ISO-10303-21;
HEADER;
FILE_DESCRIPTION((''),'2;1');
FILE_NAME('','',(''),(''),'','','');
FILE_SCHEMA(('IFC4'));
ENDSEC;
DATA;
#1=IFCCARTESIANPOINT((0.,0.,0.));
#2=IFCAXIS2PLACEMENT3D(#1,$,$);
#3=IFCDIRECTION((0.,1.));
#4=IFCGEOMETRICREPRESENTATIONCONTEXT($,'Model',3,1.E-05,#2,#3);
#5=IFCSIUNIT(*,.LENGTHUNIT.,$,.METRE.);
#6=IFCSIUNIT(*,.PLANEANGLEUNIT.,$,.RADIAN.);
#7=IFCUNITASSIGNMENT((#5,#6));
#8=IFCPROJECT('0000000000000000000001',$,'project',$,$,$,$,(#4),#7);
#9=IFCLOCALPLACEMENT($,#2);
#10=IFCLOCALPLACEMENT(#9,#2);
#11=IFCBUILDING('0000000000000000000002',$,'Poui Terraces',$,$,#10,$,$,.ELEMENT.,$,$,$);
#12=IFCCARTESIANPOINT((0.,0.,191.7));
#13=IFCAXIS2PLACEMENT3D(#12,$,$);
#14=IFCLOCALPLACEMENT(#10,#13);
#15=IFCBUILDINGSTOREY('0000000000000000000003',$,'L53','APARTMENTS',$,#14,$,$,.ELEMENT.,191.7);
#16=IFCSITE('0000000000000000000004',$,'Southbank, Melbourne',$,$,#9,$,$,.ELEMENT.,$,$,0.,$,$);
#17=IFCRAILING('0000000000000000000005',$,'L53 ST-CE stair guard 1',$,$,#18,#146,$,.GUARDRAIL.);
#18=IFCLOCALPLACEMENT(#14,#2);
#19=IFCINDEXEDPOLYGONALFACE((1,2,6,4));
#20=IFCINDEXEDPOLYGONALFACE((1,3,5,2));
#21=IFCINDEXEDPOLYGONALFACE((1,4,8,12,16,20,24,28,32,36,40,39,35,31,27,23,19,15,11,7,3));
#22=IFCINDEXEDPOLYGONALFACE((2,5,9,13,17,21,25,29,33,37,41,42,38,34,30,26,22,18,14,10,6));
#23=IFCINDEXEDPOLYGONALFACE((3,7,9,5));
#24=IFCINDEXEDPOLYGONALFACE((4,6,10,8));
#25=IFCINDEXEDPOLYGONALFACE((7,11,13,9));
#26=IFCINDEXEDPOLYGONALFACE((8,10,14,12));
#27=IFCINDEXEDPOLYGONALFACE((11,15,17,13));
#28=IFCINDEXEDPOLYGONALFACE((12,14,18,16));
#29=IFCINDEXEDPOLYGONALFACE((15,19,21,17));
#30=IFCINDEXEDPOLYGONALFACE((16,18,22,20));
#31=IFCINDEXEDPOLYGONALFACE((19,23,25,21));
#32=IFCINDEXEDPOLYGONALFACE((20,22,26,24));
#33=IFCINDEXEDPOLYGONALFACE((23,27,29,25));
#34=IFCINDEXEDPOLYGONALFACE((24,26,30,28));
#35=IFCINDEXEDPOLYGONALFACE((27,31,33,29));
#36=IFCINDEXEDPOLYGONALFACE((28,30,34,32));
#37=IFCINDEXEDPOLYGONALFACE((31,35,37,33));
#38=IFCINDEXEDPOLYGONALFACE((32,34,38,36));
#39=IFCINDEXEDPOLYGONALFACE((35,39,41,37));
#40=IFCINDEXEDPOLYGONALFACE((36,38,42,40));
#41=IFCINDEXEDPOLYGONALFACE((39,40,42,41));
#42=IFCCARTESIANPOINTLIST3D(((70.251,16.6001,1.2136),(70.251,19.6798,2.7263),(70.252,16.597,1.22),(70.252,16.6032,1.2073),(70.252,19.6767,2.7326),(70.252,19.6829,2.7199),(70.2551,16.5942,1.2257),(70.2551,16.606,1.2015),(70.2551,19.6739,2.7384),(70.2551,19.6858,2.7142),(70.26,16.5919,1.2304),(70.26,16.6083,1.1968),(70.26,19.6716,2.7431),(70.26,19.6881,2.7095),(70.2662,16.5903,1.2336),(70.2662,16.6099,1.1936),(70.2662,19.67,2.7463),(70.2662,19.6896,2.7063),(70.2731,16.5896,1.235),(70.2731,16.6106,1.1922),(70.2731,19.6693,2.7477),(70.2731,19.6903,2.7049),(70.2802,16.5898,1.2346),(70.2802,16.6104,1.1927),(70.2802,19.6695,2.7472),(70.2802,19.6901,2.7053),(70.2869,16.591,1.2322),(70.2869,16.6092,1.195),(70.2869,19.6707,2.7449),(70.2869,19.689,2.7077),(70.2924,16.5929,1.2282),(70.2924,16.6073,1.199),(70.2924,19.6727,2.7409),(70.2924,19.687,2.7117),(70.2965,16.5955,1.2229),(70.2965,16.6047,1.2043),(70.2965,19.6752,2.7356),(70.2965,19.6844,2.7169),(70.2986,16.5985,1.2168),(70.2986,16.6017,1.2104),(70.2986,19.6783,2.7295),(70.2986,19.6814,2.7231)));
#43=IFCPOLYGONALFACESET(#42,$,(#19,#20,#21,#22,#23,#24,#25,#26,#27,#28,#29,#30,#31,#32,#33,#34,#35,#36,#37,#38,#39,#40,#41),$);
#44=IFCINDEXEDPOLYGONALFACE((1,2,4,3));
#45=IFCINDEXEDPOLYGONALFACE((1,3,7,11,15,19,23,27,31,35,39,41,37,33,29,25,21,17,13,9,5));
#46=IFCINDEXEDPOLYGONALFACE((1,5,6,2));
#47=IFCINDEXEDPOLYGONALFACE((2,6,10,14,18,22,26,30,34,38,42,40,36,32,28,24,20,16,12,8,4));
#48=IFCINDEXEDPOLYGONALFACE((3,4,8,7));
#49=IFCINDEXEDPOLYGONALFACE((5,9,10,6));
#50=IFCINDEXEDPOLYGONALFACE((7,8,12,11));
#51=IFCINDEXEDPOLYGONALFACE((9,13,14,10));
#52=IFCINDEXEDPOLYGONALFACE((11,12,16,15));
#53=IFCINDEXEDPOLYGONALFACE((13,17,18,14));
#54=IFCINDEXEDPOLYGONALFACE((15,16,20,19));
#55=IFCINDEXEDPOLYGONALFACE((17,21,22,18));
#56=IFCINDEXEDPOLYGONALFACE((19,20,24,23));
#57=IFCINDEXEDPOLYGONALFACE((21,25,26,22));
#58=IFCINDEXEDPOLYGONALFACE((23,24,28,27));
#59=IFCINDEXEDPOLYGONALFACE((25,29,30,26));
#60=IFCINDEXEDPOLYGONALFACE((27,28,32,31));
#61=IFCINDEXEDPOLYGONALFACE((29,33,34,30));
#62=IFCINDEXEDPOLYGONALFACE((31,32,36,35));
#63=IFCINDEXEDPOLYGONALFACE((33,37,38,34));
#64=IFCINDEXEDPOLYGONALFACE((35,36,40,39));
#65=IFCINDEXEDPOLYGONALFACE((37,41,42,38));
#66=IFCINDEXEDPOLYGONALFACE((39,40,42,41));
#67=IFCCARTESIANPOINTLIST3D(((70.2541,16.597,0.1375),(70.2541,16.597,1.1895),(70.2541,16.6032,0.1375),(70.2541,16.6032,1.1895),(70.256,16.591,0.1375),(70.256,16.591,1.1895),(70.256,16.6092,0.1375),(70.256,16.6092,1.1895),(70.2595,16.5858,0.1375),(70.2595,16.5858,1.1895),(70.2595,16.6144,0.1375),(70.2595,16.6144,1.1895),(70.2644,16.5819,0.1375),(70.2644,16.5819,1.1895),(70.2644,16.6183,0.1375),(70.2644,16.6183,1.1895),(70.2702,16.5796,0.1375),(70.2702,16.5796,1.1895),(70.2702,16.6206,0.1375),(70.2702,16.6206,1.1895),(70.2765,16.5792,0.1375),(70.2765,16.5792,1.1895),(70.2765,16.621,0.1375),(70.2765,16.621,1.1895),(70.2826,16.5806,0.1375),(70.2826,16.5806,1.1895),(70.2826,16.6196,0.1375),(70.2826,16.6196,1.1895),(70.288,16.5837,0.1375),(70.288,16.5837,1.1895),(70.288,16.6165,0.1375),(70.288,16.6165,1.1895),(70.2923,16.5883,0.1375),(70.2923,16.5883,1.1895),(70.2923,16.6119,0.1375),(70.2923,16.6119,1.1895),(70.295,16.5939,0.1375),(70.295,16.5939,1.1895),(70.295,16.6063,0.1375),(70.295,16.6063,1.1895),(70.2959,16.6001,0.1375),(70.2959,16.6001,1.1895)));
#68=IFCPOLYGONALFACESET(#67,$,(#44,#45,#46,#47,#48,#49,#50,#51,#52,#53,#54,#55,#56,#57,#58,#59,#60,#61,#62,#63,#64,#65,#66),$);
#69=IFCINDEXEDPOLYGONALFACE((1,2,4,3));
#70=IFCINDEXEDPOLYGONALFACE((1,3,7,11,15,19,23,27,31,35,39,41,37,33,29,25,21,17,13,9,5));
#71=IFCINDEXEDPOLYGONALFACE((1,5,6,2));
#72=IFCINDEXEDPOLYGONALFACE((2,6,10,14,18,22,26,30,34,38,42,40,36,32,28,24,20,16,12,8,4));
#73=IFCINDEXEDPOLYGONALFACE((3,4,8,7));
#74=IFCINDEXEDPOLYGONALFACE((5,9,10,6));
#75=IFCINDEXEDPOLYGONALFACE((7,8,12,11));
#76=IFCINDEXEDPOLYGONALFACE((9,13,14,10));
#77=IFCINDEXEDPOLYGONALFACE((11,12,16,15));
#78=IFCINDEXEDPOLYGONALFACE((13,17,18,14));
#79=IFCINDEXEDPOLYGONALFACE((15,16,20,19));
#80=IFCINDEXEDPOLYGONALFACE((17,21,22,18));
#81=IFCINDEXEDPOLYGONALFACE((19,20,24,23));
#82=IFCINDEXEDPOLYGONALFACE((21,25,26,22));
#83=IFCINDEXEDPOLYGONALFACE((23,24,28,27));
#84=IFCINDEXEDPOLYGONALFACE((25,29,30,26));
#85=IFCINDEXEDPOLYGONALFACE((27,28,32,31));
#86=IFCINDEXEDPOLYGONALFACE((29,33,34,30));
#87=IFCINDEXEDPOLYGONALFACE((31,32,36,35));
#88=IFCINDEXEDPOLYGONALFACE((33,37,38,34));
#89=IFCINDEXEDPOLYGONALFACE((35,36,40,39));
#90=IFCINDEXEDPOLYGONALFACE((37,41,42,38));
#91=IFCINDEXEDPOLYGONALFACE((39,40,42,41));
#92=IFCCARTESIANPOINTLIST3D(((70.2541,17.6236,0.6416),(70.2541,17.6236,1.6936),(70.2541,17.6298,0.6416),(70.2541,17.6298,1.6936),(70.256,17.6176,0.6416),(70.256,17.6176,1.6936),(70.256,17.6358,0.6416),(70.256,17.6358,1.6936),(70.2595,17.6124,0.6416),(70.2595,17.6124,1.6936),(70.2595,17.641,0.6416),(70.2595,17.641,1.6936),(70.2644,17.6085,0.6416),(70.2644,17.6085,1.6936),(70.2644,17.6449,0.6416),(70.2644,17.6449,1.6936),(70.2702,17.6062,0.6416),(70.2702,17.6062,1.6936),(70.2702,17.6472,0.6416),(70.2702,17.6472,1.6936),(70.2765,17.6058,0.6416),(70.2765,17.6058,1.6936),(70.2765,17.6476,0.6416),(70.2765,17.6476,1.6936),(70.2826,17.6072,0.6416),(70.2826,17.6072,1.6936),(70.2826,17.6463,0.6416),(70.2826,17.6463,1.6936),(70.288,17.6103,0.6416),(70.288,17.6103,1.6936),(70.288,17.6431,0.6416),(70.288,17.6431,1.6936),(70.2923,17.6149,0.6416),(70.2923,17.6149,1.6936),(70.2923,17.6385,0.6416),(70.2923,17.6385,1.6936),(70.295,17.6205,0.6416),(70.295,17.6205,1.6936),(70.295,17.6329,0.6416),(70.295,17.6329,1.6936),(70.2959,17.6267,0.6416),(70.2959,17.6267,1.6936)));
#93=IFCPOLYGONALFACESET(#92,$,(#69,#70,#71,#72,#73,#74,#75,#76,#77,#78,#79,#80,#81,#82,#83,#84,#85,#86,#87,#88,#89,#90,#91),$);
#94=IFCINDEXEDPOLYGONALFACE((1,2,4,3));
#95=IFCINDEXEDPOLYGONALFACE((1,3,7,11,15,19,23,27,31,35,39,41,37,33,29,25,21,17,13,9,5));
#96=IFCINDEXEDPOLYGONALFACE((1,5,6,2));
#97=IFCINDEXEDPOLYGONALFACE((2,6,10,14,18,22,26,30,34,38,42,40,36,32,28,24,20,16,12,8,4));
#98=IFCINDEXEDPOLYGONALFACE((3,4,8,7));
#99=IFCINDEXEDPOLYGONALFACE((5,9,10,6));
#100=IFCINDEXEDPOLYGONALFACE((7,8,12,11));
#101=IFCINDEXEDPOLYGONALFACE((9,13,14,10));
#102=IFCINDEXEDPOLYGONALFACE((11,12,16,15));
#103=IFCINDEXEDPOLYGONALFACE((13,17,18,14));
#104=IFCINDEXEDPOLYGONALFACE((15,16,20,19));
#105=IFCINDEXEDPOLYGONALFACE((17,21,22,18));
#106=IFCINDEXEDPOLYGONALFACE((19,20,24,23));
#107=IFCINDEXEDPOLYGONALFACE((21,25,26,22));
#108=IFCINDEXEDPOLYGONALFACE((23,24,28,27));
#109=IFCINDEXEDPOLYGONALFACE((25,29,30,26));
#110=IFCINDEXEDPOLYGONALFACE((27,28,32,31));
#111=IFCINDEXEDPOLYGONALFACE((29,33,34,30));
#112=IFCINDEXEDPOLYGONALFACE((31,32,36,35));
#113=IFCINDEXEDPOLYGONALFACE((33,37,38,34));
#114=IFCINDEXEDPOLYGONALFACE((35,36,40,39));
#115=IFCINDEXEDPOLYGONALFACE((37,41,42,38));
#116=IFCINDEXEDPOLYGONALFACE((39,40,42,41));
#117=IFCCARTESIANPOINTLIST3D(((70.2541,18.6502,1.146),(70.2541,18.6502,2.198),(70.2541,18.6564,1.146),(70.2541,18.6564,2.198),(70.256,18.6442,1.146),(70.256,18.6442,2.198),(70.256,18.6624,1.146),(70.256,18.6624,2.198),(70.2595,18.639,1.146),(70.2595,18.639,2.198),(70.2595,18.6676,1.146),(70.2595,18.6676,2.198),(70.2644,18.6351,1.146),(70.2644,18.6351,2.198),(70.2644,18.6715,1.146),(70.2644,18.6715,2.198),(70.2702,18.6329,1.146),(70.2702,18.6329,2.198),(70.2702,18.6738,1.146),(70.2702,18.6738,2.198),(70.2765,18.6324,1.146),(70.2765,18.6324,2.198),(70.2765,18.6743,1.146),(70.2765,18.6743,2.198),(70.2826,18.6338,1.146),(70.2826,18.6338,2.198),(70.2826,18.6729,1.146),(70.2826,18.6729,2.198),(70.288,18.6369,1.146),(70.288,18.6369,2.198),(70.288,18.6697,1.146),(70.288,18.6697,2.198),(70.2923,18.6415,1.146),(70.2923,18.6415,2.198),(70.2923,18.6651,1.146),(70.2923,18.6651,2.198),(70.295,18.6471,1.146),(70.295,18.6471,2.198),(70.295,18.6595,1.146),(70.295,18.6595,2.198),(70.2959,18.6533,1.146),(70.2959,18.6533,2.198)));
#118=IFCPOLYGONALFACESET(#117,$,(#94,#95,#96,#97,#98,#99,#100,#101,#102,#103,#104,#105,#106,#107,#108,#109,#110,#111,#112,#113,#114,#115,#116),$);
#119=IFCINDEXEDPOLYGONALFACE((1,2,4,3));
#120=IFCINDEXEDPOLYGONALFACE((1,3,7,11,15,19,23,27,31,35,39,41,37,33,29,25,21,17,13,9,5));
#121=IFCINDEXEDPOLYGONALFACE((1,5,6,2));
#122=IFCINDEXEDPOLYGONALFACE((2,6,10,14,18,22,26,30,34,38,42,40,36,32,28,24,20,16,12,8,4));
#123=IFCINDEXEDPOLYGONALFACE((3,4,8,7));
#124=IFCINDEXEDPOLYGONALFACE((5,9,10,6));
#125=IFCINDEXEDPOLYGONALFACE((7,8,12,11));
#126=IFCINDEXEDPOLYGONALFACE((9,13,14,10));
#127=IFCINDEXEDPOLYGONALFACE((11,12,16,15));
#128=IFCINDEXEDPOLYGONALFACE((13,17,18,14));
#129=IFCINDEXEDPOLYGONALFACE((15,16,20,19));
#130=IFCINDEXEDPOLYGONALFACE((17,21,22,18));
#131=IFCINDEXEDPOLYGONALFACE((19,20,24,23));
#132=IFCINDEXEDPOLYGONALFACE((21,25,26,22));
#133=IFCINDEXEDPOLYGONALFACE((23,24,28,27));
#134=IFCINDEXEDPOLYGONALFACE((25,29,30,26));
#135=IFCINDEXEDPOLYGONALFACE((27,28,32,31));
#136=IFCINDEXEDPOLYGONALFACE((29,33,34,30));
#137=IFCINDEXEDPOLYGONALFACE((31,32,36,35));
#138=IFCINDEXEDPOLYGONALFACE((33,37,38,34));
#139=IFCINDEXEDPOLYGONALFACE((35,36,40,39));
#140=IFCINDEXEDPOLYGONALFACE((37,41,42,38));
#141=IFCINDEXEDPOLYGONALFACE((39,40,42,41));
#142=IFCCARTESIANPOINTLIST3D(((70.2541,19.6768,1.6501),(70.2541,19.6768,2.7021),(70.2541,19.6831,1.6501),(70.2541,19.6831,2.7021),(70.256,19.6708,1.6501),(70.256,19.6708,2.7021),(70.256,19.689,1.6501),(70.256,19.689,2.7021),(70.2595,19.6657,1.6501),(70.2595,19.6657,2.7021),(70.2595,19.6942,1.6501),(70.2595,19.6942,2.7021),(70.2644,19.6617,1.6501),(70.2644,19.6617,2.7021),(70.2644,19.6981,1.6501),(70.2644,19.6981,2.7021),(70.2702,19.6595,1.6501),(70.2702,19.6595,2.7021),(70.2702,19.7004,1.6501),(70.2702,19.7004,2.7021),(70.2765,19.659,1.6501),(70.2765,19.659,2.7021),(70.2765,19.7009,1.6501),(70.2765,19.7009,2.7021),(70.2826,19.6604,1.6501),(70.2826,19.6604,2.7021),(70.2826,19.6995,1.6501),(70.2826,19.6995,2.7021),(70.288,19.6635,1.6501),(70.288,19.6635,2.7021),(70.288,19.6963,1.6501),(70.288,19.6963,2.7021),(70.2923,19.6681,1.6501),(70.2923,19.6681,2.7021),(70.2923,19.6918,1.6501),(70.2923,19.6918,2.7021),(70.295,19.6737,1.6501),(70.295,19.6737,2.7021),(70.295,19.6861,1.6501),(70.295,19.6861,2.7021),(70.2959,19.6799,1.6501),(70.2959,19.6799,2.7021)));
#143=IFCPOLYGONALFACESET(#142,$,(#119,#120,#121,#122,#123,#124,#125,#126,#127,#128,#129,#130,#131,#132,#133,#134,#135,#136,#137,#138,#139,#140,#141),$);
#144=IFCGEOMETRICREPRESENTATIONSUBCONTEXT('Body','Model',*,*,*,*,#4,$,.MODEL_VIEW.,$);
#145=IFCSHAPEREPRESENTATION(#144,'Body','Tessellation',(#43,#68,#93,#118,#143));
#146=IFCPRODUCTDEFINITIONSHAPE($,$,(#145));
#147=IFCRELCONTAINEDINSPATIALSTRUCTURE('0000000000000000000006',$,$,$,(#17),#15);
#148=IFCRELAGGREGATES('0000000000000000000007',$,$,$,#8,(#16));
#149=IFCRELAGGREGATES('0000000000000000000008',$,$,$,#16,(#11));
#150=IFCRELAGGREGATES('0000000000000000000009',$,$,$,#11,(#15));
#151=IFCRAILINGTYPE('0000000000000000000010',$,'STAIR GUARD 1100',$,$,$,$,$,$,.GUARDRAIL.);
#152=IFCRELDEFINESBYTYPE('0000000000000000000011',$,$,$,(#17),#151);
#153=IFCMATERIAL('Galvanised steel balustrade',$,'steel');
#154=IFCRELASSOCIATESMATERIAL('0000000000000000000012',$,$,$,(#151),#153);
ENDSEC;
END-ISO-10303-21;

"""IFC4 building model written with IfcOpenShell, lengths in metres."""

from ifc_helpers import new_model, si_unit, direction, frame, origin, origin_2d, place, context, subcontext, project, spatial, circle, extrude, material, type_object, element, save


model = new_model("IFC4")

# Units and contexts
model_context = context("Model", 3, precision=1e-05, world=origin(), true_north=direction((0.0, 1.0)))
body_context = subcontext(model_context, "Body", "Model", "MODEL_VIEW")
ifc_project = project(units=[si_unit("LENGTHUNIT", "METRE"), si_unit("PLANEANGLEUNIT", "RADIAN")], contexts=[model_context])

# Site, building, storey
site_placement = place(None, origin())
site = spatial("IfcSite", under=ifc_project, at=site_placement, Name="Southbank, Melbourne", CompositionType="ELEMENT", RefElevation=0.0)
building_placement = place(site_placement, origin())
building = spatial("IfcBuilding", under=site, at=building_placement, Name="Poui Terraces", CompositionType="ELEMENT")
storey_placement = place(building_placement, frame((0.0, 0.0, 191.7)))
storey = spatial("IfcBuildingStorey", under=building, at=storey_placement, Name="L53", Description="APARTMENTS", CompositionType="ELEMENT", Elevation=191.7)

# Railing
ifc_material_1 = material(Name="Galvanised steel balustrade", Category="steel")
railing_type_1 = type_object("IfcRailingType", Name="STAIR GUARD 1100", PredefinedType="GUARDRAIL", material=ifc_material_1)
railing_1_placement = place(storey_placement, frame((70.2749, 16.6001, 0.1375)))
element("IfcRailing", 1, at=railing_1_placement, inside=storey, type_object=railing_type_1, Name="L53 ST-CE stair guard 1", PredefinedType="GUARDRAIL", context=body_context, shape_type="SweptSolid", body=[
    extrude(circle(Radius=0.0239, at=origin_2d()), frame((0.0, 0.0, 1.0762), z_axis=(0.0, 0.897578, 0.440856), x_axis=(-1.0, 0.0, 0.0)), (0.0, 0.0, 1.0), 3.4312),
    extrude(circle(Radius=0.021, at=origin_2d()), origin(), (0.0, 0.0, 1.0), 1.052),
    extrude(circle(Radius=0.021, at=origin_2d()), frame((0.0, 1.0266, 0.5042)), (0.0, 0.0, 1.0), 1.052),
    extrude(circle(Radius=0.021, at=origin_2d()), frame((0.0, 2.0532, 1.0085)), (0.0, 0.0, 1.0), 1.052),
    extrude(circle(Radius=0.021, at=origin_2d()), frame((0.0, 3.0798, 1.5127)), (0.0, 0.0, 1.0), 1.052),
])

save(model, "model.ifc")
